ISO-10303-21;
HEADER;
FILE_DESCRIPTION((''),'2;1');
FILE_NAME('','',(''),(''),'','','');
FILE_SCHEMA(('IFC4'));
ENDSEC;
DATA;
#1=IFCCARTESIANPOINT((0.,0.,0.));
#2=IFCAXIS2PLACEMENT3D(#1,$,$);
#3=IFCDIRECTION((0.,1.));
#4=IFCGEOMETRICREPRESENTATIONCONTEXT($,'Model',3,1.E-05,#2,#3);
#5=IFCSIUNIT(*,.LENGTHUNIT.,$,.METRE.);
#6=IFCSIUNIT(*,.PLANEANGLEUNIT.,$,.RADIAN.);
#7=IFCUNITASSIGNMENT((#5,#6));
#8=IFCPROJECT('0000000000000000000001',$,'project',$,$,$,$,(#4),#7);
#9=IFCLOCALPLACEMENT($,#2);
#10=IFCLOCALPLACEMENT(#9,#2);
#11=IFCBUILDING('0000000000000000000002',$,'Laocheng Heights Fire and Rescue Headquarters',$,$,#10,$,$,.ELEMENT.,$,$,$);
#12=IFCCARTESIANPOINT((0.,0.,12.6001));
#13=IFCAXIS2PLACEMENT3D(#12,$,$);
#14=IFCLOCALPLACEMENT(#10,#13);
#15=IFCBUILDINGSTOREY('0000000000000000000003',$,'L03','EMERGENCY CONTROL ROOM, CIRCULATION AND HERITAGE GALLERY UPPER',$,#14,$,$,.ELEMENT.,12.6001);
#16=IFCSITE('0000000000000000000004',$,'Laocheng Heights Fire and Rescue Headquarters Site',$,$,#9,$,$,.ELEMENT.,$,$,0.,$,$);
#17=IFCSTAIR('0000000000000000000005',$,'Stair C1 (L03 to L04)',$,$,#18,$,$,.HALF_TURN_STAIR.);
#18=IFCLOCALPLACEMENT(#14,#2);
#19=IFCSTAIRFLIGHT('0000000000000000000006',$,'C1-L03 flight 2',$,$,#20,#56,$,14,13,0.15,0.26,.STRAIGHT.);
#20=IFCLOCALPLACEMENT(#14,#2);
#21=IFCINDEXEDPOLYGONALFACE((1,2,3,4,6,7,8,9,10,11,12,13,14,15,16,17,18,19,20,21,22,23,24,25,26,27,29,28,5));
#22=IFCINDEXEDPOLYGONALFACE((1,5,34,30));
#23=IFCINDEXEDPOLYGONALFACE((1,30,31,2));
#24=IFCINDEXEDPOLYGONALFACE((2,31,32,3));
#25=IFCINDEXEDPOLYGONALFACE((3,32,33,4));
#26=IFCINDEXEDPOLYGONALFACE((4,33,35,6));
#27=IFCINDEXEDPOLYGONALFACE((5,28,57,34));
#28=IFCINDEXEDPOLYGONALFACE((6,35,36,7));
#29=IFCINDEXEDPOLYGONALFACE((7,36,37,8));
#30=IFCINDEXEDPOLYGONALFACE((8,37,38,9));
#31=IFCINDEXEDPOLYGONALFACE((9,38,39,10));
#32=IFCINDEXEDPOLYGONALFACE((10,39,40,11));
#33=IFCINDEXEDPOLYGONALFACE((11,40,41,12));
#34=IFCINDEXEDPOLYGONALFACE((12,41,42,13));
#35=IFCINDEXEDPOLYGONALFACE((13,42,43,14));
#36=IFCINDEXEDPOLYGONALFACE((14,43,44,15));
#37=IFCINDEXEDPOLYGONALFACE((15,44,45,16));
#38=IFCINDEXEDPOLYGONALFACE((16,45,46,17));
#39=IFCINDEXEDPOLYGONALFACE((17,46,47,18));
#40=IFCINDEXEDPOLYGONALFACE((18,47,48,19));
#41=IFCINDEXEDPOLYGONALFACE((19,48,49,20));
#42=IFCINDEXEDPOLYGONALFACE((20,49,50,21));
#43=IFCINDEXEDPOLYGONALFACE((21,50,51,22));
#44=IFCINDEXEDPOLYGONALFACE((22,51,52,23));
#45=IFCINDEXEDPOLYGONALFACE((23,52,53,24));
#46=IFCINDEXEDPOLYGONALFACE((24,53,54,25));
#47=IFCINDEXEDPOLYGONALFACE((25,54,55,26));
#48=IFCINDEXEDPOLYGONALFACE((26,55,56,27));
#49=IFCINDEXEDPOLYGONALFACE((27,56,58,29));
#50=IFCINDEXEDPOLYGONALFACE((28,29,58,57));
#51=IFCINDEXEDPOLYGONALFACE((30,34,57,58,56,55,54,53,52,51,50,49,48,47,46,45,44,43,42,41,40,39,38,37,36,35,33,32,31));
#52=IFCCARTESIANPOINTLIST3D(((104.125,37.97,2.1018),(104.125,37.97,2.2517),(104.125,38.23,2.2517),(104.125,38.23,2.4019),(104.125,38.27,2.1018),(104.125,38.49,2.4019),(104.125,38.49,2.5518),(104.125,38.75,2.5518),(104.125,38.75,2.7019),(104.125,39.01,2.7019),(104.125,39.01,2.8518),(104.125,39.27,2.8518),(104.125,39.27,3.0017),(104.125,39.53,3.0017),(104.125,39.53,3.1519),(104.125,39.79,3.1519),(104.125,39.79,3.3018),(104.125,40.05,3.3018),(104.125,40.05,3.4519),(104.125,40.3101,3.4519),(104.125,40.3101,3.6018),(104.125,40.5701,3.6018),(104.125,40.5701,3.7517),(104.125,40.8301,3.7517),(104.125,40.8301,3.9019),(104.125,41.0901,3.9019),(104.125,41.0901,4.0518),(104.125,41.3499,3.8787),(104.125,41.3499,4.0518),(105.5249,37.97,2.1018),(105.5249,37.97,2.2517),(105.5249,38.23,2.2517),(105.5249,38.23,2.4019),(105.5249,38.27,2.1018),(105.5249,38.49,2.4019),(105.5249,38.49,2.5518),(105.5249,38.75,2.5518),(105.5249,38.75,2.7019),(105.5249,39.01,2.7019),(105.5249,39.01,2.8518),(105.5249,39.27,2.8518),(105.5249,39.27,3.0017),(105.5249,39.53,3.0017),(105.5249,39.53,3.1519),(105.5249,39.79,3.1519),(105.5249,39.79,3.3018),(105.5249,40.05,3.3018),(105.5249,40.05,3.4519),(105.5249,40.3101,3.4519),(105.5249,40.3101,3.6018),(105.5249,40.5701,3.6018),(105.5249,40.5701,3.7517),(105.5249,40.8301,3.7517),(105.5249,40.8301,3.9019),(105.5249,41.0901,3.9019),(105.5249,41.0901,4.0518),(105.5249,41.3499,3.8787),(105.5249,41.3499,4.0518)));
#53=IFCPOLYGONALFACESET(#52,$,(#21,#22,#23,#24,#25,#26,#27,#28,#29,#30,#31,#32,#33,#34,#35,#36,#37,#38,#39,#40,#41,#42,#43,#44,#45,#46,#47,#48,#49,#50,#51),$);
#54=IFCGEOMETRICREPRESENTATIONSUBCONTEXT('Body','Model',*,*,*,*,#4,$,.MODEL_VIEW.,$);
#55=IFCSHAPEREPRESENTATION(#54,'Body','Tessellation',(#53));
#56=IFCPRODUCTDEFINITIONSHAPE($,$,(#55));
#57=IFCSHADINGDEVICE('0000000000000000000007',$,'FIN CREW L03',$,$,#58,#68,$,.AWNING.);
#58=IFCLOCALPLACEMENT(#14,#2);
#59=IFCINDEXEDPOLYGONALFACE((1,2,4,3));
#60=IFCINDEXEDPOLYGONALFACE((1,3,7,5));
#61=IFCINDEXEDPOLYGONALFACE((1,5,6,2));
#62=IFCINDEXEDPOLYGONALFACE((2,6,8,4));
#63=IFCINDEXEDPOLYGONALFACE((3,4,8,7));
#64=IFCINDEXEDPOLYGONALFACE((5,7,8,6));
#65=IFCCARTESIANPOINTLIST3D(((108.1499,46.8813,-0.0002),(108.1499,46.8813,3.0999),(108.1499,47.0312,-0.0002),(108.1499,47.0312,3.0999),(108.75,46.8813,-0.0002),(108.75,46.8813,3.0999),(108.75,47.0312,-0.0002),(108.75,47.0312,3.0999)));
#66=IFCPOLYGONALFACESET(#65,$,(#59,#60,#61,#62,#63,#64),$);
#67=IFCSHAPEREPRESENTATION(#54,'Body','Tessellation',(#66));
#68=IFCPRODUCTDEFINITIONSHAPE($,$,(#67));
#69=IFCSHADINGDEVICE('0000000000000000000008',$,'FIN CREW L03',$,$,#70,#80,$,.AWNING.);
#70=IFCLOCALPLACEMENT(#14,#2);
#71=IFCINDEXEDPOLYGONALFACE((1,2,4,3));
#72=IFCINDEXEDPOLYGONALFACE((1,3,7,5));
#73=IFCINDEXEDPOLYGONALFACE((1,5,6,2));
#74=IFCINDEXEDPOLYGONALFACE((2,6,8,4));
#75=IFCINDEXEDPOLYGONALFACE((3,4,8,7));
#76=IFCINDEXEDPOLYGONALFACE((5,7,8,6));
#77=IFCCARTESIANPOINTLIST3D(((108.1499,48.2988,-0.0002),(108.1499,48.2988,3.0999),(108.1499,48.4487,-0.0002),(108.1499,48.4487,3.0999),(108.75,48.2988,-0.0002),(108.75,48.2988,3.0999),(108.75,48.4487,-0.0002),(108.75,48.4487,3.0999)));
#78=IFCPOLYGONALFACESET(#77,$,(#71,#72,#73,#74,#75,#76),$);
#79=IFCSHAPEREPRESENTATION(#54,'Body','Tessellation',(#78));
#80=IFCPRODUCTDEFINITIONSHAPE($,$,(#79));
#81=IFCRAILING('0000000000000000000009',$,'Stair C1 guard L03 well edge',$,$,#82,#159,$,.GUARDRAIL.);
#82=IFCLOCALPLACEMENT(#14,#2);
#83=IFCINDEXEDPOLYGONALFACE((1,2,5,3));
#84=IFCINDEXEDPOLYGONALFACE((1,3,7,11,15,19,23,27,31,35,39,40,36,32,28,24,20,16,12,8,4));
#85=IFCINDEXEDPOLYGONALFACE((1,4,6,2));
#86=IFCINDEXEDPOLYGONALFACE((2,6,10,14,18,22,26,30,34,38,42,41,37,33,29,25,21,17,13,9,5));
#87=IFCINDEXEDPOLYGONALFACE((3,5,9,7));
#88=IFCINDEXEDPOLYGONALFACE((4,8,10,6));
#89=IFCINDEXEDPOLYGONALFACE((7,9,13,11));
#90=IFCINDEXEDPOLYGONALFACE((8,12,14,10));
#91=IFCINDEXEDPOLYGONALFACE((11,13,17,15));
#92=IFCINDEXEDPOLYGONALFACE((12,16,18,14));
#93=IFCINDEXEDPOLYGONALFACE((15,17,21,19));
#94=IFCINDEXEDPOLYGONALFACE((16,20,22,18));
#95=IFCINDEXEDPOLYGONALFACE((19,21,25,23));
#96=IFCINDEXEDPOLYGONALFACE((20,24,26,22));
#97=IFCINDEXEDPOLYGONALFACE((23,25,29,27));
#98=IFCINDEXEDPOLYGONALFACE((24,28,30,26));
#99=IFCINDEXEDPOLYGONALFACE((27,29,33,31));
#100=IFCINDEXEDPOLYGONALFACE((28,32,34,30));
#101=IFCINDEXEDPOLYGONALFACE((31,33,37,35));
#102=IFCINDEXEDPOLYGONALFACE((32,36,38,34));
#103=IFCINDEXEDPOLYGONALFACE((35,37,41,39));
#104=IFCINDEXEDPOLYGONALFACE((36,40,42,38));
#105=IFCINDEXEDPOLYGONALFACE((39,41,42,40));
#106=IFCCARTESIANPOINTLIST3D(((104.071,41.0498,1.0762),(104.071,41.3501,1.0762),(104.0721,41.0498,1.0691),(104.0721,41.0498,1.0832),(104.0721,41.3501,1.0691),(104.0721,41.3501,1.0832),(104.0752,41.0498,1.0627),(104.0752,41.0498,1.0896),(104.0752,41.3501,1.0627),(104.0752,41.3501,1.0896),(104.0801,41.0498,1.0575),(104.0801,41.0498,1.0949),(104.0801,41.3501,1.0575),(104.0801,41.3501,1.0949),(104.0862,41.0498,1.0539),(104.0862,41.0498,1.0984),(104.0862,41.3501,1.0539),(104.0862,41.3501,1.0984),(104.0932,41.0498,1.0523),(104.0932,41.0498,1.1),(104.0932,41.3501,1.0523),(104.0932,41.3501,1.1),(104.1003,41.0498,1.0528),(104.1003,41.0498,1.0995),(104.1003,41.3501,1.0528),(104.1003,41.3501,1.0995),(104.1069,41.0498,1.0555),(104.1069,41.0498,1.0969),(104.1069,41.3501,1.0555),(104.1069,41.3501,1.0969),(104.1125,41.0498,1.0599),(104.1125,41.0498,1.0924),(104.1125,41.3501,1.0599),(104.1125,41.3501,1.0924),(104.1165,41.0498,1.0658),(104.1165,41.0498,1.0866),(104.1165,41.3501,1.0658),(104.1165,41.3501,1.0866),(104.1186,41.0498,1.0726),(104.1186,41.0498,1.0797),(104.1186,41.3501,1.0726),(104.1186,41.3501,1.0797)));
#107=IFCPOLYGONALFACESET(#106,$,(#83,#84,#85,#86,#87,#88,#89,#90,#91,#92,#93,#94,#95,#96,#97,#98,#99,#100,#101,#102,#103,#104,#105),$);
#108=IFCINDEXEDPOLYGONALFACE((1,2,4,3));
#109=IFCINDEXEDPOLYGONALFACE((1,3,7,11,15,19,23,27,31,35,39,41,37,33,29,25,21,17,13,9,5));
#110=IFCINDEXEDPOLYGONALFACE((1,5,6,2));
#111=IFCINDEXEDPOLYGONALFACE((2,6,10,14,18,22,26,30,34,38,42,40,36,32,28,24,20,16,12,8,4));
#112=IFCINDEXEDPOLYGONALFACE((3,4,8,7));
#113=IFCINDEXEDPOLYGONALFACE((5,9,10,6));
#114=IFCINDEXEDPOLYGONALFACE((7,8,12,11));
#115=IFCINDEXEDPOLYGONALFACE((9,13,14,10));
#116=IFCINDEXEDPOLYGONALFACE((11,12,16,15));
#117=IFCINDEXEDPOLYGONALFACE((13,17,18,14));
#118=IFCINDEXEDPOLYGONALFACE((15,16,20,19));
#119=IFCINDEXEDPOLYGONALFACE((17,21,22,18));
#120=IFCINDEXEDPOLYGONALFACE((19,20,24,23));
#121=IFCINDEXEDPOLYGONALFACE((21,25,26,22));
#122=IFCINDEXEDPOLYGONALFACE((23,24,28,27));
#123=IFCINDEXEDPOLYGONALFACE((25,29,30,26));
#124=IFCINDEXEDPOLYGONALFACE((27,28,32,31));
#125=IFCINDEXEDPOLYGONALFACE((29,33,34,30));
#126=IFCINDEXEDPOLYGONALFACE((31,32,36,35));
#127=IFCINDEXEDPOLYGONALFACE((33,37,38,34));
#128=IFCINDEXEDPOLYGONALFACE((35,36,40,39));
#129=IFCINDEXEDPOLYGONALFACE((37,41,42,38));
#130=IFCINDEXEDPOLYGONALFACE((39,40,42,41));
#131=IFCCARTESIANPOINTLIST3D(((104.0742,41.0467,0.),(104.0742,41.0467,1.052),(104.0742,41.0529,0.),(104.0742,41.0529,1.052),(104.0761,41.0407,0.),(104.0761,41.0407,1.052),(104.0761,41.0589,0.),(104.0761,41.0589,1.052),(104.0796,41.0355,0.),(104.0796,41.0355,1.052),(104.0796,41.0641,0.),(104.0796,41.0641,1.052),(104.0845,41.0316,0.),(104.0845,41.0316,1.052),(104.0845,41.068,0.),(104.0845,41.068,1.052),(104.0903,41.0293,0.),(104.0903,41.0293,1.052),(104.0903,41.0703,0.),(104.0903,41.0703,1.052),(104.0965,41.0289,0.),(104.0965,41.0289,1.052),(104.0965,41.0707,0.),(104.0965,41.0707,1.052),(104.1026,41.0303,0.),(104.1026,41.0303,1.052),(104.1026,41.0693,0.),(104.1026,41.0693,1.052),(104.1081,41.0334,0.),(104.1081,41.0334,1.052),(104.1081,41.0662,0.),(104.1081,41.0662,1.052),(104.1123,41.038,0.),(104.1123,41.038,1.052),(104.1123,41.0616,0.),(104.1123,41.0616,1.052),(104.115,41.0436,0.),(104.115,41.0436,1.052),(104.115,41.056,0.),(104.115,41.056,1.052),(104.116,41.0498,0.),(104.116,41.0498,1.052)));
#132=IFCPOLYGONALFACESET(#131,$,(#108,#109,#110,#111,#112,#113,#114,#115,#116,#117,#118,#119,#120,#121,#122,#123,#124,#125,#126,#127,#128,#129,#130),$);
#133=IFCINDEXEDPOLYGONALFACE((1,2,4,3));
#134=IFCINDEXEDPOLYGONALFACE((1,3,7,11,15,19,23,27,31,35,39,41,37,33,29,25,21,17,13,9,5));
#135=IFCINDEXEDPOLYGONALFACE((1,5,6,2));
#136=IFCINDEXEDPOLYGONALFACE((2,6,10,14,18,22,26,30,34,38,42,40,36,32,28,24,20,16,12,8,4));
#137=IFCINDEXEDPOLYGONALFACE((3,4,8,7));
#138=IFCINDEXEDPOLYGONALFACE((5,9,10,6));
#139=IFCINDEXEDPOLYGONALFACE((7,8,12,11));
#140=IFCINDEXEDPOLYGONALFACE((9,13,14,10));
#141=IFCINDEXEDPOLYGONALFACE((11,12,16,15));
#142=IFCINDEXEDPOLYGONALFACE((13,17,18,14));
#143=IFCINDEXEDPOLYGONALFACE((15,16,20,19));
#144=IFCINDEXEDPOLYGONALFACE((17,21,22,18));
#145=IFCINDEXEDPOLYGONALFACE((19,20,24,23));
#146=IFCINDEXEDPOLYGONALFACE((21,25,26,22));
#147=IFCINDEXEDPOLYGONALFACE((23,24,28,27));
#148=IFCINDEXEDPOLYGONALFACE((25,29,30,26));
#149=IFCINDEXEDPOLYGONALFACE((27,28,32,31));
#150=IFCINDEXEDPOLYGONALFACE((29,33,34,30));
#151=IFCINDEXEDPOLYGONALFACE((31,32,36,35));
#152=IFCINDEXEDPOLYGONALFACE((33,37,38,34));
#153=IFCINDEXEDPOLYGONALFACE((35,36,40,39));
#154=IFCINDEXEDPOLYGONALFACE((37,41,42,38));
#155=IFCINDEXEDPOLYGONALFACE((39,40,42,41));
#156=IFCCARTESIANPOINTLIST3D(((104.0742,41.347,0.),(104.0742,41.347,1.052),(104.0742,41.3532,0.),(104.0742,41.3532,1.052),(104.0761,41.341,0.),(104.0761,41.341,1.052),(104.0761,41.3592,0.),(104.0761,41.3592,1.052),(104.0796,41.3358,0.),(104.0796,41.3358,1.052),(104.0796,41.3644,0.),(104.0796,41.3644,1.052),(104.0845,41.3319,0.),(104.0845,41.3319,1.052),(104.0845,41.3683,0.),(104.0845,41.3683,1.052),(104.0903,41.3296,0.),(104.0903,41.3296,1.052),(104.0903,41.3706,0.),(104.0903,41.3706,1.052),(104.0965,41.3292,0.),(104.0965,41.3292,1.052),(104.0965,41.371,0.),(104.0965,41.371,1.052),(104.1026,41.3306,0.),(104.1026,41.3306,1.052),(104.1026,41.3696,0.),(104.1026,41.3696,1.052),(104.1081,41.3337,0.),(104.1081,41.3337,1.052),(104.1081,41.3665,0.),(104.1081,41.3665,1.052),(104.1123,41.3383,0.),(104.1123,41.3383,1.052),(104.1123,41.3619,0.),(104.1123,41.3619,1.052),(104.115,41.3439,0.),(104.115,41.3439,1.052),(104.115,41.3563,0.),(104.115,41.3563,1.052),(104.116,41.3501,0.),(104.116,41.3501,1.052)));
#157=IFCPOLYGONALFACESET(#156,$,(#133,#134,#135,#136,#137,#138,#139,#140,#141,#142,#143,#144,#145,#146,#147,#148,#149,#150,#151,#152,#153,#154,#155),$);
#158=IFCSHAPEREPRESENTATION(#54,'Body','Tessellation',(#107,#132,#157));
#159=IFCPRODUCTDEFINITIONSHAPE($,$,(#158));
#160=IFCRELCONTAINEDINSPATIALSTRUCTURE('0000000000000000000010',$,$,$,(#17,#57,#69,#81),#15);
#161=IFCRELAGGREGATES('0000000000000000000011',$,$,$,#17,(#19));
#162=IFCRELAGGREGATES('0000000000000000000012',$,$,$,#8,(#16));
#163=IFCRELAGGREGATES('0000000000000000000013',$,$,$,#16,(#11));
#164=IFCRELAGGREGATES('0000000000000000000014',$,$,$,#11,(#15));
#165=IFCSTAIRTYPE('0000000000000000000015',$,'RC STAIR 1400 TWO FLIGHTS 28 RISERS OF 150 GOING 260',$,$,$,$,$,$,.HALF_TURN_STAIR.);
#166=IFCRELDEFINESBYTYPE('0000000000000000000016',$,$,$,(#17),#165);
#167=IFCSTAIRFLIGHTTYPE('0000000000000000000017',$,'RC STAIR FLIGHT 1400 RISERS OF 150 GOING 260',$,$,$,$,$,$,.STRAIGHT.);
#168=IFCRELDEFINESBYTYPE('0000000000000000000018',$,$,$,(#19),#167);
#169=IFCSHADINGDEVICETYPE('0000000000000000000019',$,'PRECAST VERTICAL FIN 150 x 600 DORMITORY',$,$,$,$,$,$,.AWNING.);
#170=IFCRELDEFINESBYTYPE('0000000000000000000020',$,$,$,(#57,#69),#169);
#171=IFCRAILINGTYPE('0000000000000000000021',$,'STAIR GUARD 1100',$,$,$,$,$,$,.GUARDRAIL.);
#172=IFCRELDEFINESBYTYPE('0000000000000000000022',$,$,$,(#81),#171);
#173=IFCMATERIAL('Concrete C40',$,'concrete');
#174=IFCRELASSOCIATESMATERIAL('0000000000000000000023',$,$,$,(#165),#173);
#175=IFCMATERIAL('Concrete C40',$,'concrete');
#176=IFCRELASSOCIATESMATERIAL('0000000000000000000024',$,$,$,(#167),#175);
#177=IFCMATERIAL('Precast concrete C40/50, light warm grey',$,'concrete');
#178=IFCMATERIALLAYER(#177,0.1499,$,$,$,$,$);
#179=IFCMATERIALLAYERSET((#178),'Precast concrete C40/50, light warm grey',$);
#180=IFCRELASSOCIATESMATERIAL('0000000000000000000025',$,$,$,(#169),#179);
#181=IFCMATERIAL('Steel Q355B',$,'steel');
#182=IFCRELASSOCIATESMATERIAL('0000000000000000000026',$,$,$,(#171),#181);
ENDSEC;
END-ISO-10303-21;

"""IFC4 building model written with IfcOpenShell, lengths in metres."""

from ifc_helpers import new_model, si_unit, direction, frame, origin, origin_2d, place, context, subcontext, project, spatial, polyline, rectangle, circle, outline, extrude, material, layer, layer_set, type_object, element, aggregate, save


model = new_model("IFC4")

# Units and contexts
model_context = context("Model", 3, precision=1e-05, world=origin(), true_north=direction((0.0, 1.0)))
body_context = subcontext(model_context, "Body", "Model", "MODEL_VIEW")
ifc_project = project(units=[si_unit("LENGTHUNIT", "METRE"), si_unit("PLANEANGLEUNIT", "RADIAN")], contexts=[model_context])

# Site, building, storey
site_placement = place(None, origin())
site = spatial("IfcSite", under=ifc_project, at=site_placement, Name="Laocheng Heights Fire and Rescue Headquarters Site", CompositionType="ELEMENT", RefElevation=0.0)
building_placement = place(site_placement, origin())
building = spatial("IfcBuilding", under=site, at=building_placement, Name="Laocheng Heights Fire and Rescue Headquarters", CompositionType="ELEMENT")
storey_placement = place(building_placement, frame((0.0, 0.0, 12.6001)))
storey = spatial("IfcBuildingStorey", under=building, at=storey_placement, Name="L03", Description="EMERGENCY CONTROL ROOM, CIRCULATION AND HERITAGE GALLERY UPPER", CompositionType="ELEMENT", Elevation=12.6001)

# Stair, stair flight
ifc_material_1 = material(Name="Concrete C40", Category="concrete")
stair_type = type_object("IfcStairType", Name="RC STAIR 1400 TWO FLIGHTS 28 RISERS OF 150 GOING 260", PredefinedType="HALF_TURN_STAIR", material=ifc_material_1)
stair_placement = place(storey_placement, origin())
stair = element("IfcStair", 1, at=stair_placement, inside=storey, type_object=stair_type, Name="Stair C1 (L03 to L04)", PredefinedType="HALF_TURN_STAIR")
ifc_material_2 = material(Name="Concrete C40", Category="concrete")
stair_flight_type = type_object("IfcStairFlightType", Name="RC STAIR FLIGHT 1400 RISERS OF 150 GOING 260", PredefinedType="STRAIGHT", material=ifc_material_2)
stair_flight_placement = place(storey_placement, frame((104.825, 37.97, 2.1018), z_axis=(0.0, 0.0, 1.0), x_axis=(0.0, 1.0, 0.0)))
stair_flight = element("IfcStairFlight", 2, at=stair_flight_placement, type_object=stair_flight_type, Name="C1-L03 flight 2", NumberOfRisers=14, NumberOfTreads=13, PredefinedType="STRAIGHT", RiserHeight=0.15, TreadLength=0.26, context=body_context, shape_type="SweptSolid", body=[
    extrude(outline(polyline([(0.0, 0.0), (0.0, 0.1499), (0.26, 0.1499), (0.26, 0.3), (0.52, 0.3), (0.52, 0.45), (0.78, 0.45), (0.78, 0.6001), (1.04, 0.6001), (1.04, 0.75), (1.3, 0.75), (1.3, 0.8999), (1.5601, 0.8999), (1.5601, 1.05), (1.8201, 1.05), (1.8201, 1.2), (2.0801, 1.2), (2.0801, 1.3501), (2.3401, 1.3501), (2.3401, 1.5), (2.6001, 1.5), (2.6001, 1.6499), (2.8601, 1.6499), (2.8601, 1.8), (3.1201, 1.8), (3.1201, 1.95), (3.3799, 1.95), (3.3799, 2.1001), (3.3799, 1.7769), (0.3, 0.0), (0.0, 0.0)])), frame((0.0, 0.7, 0.0), z_axis=(0.0, -1.0, 0.0), x_axis=(1.0, 0.0, 0.0)), (0.0, 0.0, 1.0), 1.3999),
])
aggregate(stair, [stair_flight])

# Shading devices
ifc_material_3 = material(Name="Precast concrete C40/50, light warm grey", Category="concrete")
ifc_layer_1 = layer(ifc_material_3, 0.1499)
ifc_layer_set_1 = layer_set([ifc_layer_1], Name="Precast concrete C40/50, light warm grey")
shading_device_type = type_object("IfcShadingDeviceType", Name="PRECAST VERTICAL FIN 150 x 600 DORMITORY", PredefinedType="AWNING", material=ifc_layer_set_1)
for number, where, z_axis, x_axis, name in (
    (3, (108.45, 46.9563, -0.0002), (0.0, 0.0, 1.0), (1.0, 0.0, 0.0), "FIN CREW L03"),
    (4, (108.45, 48.3738, -0.0002), (0.0, 0.0, 1.0), (1.0, 0.0, 0.0), "FIN CREW L03"),
):
    element("IfcShadingDevice", number, at=place(storey_placement, frame(where, z_axis=z_axis, x_axis=x_axis)), inside=storey, type_object=shading_device_type, Name=name, PredefinedType="AWNING", context=body_context, shape_type="SweptSolid", body=[
        extrude(rectangle(XDim=0.6001, YDim=0.1499, at=origin_2d()), origin(), (0.0, 0.0, 1.0), 3.1001),
    ])

# Railing
ifc_material_4 = material(Name="Steel Q355B", Category="steel")
railing_type_1 = type_object("IfcRailingType", Name="STAIR GUARD 1100", PredefinedType="GUARDRAIL", material=ifc_material_4)
railing_1_placement = place(storey_placement, frame((104.095, 41.0498, 0.0)))
element("IfcRailing", 5, at=railing_1_placement, inside=storey, type_object=railing_type_1, Name="Stair C1 guard L03 well edge", PredefinedType="GUARDRAIL", context=body_context, shape_type="SweptSolid", body=[
    extrude(circle(Radius=0.0239, at=origin_2d()), frame((0.0, 0.0, 1.0762), z_axis=(0.0, 1.0, 0.0), x_axis=(-1.0, 0.0, 0.0)), (0.0, 0.0, 1.0), 0.3003),
    extrude(circle(Radius=0.021, at=origin_2d()), origin(), (0.0, 0.0, 1.0), 1.052),
    extrude(circle(Radius=0.021, at=origin_2d()), frame((0.0, 0.3003, 0.0)), (0.0, 0.0, 1.0), 1.052),
])

save(model, "model.ifc")
